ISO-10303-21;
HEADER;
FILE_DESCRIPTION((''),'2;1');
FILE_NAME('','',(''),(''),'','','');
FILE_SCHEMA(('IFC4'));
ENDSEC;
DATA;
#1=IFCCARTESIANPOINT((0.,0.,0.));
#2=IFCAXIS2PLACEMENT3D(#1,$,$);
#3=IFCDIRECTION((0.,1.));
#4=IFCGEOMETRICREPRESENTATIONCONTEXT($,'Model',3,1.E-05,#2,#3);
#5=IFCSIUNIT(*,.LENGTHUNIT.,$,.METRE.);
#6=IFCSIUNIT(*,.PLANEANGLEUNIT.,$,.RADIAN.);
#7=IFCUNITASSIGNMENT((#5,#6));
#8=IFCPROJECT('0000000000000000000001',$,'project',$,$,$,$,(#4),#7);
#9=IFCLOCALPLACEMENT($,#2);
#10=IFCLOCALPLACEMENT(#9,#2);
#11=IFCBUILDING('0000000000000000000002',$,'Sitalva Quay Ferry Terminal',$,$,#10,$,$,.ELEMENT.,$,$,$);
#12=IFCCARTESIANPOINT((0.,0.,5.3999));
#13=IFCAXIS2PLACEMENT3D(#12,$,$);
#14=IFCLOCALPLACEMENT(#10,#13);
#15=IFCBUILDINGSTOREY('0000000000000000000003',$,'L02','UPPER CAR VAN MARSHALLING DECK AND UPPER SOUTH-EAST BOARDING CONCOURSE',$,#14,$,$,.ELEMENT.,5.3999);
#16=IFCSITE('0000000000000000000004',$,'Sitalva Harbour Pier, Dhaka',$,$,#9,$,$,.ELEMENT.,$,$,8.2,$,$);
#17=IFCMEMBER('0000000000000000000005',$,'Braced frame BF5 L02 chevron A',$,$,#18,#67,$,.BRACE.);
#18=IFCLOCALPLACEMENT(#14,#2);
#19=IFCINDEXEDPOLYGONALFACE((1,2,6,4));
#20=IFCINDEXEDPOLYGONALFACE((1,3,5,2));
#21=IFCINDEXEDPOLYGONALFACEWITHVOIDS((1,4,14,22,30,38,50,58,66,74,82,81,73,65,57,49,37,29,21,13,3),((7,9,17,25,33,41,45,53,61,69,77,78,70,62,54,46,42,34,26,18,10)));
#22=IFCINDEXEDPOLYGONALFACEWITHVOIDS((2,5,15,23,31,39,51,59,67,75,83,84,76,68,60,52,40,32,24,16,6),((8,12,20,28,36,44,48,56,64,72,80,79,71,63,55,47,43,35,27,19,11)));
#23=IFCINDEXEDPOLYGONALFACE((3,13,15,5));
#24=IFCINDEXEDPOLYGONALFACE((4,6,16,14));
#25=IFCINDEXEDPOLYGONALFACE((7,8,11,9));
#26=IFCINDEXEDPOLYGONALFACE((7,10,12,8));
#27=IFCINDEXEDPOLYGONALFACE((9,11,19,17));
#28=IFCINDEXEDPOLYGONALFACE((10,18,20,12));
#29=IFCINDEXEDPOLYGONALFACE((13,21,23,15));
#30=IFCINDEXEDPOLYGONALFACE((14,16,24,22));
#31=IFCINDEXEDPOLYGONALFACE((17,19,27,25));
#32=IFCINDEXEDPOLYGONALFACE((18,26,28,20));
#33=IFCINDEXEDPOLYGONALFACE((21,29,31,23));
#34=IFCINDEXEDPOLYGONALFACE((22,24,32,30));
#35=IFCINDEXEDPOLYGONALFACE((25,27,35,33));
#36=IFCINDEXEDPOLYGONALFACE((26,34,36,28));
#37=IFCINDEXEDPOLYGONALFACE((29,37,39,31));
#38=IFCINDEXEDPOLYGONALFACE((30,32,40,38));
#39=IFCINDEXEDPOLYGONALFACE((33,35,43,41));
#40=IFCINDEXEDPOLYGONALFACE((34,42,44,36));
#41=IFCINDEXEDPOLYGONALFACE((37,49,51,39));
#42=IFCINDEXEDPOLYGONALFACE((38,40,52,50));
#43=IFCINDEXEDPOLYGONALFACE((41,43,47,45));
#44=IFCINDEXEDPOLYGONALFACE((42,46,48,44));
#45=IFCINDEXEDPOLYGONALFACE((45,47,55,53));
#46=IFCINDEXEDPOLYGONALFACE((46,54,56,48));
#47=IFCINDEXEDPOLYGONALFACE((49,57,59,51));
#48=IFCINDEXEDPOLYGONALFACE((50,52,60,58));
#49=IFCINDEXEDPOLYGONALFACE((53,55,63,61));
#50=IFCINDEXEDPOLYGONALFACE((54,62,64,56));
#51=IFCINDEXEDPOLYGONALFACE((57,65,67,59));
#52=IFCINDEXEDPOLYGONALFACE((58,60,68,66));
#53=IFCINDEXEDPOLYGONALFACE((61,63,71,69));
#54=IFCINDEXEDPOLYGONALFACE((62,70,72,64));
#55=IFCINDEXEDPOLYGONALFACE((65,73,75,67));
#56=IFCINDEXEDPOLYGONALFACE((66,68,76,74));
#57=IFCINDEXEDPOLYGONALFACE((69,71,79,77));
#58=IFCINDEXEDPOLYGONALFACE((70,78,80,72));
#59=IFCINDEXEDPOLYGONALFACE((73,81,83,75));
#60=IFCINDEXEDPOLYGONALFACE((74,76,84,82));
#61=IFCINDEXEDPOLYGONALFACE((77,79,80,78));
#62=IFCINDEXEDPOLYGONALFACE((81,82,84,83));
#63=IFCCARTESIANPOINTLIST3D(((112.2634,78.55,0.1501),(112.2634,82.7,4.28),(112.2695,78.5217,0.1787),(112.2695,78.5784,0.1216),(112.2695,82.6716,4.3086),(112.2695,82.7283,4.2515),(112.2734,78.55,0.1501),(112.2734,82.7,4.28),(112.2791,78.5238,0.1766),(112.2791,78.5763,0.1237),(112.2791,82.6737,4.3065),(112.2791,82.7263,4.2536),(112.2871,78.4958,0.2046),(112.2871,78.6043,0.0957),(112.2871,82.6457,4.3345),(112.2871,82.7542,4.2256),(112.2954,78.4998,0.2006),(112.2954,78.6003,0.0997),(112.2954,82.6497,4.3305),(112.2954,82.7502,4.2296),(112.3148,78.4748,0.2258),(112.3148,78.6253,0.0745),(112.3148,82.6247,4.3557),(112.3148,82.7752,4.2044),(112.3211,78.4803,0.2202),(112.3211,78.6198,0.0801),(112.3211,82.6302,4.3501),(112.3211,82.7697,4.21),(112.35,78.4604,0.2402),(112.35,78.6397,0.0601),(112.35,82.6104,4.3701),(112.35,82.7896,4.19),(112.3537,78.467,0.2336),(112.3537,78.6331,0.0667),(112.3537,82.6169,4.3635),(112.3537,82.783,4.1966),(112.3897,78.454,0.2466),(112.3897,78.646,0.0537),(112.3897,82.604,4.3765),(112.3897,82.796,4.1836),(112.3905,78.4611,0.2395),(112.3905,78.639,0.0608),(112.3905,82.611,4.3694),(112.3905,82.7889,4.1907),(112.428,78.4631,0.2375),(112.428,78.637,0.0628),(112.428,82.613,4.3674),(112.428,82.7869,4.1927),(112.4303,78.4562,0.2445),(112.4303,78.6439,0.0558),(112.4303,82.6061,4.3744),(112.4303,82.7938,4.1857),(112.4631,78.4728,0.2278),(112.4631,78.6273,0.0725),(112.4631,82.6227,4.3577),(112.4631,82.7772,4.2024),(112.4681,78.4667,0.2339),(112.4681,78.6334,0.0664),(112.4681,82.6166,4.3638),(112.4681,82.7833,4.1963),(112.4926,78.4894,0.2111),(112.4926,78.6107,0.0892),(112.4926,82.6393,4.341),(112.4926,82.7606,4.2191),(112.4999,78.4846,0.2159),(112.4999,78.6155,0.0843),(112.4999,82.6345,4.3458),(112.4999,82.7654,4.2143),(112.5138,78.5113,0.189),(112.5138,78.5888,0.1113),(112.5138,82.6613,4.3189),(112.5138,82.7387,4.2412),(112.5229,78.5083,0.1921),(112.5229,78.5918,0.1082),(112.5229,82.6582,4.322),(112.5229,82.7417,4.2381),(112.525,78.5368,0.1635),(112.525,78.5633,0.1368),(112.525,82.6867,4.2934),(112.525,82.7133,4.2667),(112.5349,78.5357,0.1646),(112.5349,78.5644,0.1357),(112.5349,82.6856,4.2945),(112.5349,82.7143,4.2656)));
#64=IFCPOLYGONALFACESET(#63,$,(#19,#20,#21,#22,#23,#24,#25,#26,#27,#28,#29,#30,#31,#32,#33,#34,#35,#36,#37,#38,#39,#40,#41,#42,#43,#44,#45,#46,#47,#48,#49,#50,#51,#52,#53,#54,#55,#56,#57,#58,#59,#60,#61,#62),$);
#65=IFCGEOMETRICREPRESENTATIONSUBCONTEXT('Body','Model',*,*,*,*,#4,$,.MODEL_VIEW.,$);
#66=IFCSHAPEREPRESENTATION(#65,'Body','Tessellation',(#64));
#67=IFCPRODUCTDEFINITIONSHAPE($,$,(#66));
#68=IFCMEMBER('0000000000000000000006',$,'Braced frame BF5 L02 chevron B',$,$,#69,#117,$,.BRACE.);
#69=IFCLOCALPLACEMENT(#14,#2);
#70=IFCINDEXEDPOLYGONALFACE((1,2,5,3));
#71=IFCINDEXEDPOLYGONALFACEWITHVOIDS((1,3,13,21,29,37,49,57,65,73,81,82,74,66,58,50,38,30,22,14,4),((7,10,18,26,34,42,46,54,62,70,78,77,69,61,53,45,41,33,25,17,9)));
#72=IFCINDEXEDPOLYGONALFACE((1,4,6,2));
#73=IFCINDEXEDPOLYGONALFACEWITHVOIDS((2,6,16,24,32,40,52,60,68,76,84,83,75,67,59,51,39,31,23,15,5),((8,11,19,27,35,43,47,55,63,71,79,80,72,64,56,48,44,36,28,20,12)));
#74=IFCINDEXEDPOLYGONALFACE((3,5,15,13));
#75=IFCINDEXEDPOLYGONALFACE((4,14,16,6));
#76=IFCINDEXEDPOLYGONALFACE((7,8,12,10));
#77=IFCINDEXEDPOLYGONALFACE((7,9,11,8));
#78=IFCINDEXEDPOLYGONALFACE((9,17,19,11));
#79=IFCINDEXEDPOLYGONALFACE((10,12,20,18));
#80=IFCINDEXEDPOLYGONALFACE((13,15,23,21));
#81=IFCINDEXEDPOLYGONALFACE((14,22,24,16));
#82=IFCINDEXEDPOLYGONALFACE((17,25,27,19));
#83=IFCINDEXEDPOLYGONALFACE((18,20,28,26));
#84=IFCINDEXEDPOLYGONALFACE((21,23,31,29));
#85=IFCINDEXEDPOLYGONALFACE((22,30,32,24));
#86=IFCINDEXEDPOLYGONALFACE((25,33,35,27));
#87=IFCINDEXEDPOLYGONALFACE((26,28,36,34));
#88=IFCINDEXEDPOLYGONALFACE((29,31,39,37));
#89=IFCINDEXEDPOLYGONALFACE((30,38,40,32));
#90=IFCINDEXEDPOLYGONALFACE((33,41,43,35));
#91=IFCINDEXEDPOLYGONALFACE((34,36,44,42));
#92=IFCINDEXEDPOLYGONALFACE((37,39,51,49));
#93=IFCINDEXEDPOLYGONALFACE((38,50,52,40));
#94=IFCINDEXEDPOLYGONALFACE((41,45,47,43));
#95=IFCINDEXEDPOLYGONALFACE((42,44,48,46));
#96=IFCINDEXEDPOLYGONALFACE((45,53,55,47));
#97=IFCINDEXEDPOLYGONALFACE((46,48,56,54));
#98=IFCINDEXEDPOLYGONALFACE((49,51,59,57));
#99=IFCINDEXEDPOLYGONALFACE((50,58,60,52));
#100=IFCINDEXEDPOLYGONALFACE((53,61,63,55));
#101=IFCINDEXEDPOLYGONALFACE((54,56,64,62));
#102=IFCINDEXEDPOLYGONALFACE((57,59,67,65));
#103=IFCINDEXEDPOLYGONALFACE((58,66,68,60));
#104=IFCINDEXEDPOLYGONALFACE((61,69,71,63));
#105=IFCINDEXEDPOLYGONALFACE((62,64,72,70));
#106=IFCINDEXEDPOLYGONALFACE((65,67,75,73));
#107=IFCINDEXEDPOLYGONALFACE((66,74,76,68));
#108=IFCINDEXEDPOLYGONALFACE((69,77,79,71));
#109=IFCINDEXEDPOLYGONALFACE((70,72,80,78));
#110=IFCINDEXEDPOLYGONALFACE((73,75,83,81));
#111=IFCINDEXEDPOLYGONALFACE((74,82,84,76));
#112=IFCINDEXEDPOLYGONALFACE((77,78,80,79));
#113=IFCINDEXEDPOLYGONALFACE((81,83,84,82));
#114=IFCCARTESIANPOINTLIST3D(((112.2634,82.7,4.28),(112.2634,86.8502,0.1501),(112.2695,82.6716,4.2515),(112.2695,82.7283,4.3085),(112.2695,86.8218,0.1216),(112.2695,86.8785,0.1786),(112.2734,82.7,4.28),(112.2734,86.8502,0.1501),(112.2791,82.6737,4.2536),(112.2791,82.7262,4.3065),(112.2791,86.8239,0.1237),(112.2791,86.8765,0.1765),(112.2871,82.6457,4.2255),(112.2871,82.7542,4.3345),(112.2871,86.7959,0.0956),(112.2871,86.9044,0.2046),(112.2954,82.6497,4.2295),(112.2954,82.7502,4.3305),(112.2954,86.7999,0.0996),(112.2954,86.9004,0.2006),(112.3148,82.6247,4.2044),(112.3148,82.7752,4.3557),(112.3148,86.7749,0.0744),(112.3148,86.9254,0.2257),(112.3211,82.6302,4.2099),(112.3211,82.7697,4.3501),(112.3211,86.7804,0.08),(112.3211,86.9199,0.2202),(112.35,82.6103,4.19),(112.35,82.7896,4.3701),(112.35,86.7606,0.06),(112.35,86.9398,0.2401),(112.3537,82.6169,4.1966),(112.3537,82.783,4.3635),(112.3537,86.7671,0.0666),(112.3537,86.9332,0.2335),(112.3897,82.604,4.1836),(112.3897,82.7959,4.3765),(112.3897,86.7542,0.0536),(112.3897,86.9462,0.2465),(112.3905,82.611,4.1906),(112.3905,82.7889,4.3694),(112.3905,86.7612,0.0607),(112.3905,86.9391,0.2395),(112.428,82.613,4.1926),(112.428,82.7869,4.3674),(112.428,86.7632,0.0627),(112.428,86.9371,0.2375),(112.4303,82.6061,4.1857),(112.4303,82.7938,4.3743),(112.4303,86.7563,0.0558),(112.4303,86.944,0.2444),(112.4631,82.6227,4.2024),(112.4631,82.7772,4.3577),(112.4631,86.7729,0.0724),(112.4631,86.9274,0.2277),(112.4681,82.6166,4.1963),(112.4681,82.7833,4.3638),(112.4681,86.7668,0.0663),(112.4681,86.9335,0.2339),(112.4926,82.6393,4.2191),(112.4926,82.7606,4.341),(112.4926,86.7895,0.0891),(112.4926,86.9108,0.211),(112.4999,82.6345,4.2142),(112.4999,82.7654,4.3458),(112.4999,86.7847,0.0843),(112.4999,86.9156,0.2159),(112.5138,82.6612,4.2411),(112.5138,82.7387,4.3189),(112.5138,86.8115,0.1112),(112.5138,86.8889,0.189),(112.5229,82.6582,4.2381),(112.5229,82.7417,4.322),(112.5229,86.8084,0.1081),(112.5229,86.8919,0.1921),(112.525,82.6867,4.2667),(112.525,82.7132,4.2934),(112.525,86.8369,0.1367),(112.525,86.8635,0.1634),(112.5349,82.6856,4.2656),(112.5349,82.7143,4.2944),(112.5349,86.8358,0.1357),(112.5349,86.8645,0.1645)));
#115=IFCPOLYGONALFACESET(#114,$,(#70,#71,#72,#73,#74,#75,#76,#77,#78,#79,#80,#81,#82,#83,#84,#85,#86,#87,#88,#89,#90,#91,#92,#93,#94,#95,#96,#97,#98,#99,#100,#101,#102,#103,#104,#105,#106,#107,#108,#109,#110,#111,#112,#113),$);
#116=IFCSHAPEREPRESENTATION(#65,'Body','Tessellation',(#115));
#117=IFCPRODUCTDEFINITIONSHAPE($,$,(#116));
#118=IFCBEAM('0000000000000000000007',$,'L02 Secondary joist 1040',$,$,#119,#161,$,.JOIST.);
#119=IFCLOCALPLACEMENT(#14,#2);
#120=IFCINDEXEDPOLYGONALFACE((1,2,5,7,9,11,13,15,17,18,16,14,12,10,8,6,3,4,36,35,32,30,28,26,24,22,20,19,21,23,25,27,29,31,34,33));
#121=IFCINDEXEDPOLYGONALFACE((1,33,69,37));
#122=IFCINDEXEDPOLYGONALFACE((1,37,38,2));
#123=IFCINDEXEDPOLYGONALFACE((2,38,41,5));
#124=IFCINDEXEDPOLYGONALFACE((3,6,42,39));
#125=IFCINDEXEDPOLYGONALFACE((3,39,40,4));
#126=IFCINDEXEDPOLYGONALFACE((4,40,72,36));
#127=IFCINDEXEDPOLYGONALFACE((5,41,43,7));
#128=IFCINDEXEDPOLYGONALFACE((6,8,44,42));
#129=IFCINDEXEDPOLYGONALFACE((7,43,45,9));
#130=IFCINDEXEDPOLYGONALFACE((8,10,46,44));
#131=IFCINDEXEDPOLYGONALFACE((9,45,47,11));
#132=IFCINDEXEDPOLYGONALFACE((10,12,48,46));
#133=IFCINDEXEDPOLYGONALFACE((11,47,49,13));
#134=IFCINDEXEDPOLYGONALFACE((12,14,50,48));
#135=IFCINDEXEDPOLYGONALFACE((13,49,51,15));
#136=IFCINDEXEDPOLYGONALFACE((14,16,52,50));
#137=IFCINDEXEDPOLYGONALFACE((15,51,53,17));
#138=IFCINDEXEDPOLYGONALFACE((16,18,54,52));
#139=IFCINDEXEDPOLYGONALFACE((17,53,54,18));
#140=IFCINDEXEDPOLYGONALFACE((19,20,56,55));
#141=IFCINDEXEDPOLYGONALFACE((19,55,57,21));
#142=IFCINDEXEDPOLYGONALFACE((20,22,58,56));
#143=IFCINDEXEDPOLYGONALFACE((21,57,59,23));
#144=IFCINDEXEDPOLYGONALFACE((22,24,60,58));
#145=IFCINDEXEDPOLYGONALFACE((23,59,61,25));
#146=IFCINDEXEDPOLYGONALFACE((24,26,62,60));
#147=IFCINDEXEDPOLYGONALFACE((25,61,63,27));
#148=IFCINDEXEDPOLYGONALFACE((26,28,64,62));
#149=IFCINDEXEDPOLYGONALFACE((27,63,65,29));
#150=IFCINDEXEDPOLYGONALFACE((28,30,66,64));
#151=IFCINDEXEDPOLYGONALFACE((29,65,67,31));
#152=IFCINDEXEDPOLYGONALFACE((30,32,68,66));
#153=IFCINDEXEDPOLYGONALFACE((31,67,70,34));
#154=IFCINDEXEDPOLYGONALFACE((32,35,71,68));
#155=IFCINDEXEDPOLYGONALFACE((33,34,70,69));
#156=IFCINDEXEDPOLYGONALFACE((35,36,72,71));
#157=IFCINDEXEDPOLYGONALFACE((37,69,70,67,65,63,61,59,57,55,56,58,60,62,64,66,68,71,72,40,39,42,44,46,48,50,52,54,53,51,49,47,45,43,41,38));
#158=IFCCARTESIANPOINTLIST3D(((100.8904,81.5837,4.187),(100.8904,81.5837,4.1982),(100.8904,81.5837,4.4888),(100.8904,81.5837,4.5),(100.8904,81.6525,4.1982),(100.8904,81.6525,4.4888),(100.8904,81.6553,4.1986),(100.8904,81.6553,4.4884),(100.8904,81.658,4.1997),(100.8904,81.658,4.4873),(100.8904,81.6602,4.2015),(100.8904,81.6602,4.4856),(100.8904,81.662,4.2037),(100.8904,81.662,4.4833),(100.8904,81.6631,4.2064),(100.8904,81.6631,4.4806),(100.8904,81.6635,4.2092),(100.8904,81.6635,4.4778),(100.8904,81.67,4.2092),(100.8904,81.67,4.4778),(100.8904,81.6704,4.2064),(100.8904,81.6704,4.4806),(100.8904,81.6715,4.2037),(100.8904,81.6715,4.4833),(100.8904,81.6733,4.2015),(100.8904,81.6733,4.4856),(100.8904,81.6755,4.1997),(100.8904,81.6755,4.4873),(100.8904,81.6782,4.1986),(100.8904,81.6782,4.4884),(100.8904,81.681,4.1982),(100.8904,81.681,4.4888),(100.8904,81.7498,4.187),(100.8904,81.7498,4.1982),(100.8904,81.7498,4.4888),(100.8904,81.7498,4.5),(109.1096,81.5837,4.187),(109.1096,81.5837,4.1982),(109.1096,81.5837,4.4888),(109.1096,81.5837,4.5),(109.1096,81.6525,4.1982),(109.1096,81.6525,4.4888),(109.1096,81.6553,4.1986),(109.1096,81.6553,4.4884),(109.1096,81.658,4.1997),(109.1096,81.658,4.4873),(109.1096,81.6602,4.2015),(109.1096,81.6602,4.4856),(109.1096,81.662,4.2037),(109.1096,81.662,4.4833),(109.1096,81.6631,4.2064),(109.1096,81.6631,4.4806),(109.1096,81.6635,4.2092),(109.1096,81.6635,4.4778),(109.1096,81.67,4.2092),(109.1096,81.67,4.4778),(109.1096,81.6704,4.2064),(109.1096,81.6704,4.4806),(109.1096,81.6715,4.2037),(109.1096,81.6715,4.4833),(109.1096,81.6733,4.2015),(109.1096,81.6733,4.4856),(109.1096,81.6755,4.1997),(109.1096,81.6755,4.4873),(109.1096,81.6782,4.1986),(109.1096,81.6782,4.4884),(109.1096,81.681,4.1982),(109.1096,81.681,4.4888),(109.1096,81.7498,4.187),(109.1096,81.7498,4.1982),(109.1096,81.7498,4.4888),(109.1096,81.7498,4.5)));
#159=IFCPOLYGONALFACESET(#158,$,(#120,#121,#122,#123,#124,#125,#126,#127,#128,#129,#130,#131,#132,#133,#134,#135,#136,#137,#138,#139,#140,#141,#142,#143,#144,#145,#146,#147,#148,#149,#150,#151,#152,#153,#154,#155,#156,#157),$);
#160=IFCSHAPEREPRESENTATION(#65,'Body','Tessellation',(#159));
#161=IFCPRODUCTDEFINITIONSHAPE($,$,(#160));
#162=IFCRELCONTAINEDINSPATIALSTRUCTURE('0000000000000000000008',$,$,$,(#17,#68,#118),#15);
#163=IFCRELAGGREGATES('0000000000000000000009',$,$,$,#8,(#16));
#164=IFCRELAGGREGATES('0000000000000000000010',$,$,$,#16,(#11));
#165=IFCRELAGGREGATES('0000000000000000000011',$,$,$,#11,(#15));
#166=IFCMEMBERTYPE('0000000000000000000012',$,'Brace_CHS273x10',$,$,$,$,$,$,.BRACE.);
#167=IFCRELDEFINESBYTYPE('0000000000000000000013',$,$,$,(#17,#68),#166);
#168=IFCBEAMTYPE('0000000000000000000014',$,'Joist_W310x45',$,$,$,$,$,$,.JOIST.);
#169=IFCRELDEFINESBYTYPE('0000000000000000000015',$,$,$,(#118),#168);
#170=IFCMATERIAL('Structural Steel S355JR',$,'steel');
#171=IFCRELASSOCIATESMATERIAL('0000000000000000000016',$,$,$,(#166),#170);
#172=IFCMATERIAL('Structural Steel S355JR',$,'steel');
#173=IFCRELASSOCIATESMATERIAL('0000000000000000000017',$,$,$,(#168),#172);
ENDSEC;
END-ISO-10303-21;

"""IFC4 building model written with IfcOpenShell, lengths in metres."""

from ifc_helpers import new_model, si_unit, direction, frame, origin, origin_2d, place, context, subcontext, project, spatial, hollow_circle, i_section, extrude, material, material_profile, profile_set, type_object, element, save


model = new_model("IFC4")

# Units and contexts
model_context = context("Model", 3, precision=1e-05, world=origin(), true_north=direction((0.0, 1.0)))
body_context = subcontext(model_context, "Body", "Model", "MODEL_VIEW")
ifc_project = project(units=[si_unit("LENGTHUNIT", "METRE"), si_unit("PLANEANGLEUNIT", "RADIAN")], contexts=[model_context])

# Site, building, storey
site_placement = place(None, origin())
site = spatial("IfcSite", under=ifc_project, at=site_placement, Name="Sitalva Harbour Pier, Dhaka", CompositionType="ELEMENT", RefElevation=8.2)
building_placement = place(site_placement, origin())
building = spatial("IfcBuilding", under=site, at=building_placement, Name="Sitalva Quay Ferry Terminal", CompositionType="ELEMENT")
storey_placement = place(building_placement, frame((0.0, 0.0, 5.3999)))
storey = spatial("IfcBuildingStorey", under=building, at=storey_placement, Name="L02", Description="UPPER CAR VAN MARSHALLING DECK AND UPPER SOUTH-EAST BOARDING CONCOURSE", CompositionType="ELEMENT", Elevation=5.3999)

# Members
ifc_material_1 = material(Name="Structural Steel S355JR", Category="steel")
ifc_material_profile_1 = material_profile(ifc_material_1, hollow_circle(Radius=0.1365, WallThickness=0.01, at=origin_2d()), Name="CHS273x10")
ifc_profile_set_1 = profile_set([ifc_material_profile_1], Name="Structural Steel S355JR")
member_type = type_object("IfcMemberType", Name="Brace_CHS273x10", PredefinedType="BRACE", material=ifc_profile_set_1)
member_1_placement = place(storey_placement, frame((112.3999, 78.55, 0.1501), z_axis=(0.0, 0.708814, 0.705395), x_axis=(-1.0, 0.0, 0.0)))
element("IfcMember", 1, at=member_1_placement, inside=storey, type_object=member_type, Name="Braced frame BF5 L02 chevron A", PredefinedType="BRACE", context=body_context, shape_type="SweptSolid", body=[
    extrude(hollow_circle(Radius=0.1365, WallThickness=0.01, at=origin_2d()), origin(), (0.0, 0.0, 1.0), 5.8547),
])
member_2_placement = place(storey_placement, frame((112.3999, 82.7, 4.28), z_axis=(0.0, 0.708835, -0.705374), x_axis=(-1.0, 0.0, 0.0)))
element("IfcMember", 2, at=member_2_placement, inside=storey, type_object=member_type, Name="Braced frame BF5 L02 chevron B", PredefinedType="BRACE", context=body_context, shape_type="SweptSolid", body=[
    extrude(hollow_circle(Radius=0.1365, WallThickness=0.01, at=origin_2d()), origin(), (0.0, 0.0, 1.0), 5.855),
])

# Beam
ifc_material_2 = material(Name="Structural Steel S355JR", Category="steel")
ifc_material_profile_2 = material_profile(ifc_material_2, i_section(OverallWidth=0.166, OverallDepth=0.313, WebThickness=0.0066, FlangeThickness=0.0112, FilletRadius=0.011, at=origin_2d()), Name="W310x45")
ifc_profile_set_2 = profile_set([ifc_material_profile_2], Name="Structural Steel S355JR")
beam_type = type_object("IfcBeamType", Name="Joist_W310x45", PredefinedType="JOIST", material=ifc_profile_set_2)
for number, where, z_axis, x_axis, name in (
    (3, (100.8904, 81.6667, 4.3435), (1.0, 0.0, 0.0), (0.0, 1.0, 0.0), "L02 Secondary joist 1040"),
):
    element("IfcBeam", number, at=place(storey_placement, frame(where, z_axis=z_axis, x_axis=x_axis)), inside=storey, type_object=beam_type, Name=name, PredefinedType="JOIST", context=body_context, shape_type="SweptSolid", body=[
        extrude(i_section(OverallWidth=0.166, OverallDepth=0.313, WebThickness=0.0066, FlangeThickness=0.0112, FilletRadius=0.011, at=origin_2d()), origin(), (0.0, 0.0, 1.0), 8.2192),
    ])

save(model, "model.ifc")
